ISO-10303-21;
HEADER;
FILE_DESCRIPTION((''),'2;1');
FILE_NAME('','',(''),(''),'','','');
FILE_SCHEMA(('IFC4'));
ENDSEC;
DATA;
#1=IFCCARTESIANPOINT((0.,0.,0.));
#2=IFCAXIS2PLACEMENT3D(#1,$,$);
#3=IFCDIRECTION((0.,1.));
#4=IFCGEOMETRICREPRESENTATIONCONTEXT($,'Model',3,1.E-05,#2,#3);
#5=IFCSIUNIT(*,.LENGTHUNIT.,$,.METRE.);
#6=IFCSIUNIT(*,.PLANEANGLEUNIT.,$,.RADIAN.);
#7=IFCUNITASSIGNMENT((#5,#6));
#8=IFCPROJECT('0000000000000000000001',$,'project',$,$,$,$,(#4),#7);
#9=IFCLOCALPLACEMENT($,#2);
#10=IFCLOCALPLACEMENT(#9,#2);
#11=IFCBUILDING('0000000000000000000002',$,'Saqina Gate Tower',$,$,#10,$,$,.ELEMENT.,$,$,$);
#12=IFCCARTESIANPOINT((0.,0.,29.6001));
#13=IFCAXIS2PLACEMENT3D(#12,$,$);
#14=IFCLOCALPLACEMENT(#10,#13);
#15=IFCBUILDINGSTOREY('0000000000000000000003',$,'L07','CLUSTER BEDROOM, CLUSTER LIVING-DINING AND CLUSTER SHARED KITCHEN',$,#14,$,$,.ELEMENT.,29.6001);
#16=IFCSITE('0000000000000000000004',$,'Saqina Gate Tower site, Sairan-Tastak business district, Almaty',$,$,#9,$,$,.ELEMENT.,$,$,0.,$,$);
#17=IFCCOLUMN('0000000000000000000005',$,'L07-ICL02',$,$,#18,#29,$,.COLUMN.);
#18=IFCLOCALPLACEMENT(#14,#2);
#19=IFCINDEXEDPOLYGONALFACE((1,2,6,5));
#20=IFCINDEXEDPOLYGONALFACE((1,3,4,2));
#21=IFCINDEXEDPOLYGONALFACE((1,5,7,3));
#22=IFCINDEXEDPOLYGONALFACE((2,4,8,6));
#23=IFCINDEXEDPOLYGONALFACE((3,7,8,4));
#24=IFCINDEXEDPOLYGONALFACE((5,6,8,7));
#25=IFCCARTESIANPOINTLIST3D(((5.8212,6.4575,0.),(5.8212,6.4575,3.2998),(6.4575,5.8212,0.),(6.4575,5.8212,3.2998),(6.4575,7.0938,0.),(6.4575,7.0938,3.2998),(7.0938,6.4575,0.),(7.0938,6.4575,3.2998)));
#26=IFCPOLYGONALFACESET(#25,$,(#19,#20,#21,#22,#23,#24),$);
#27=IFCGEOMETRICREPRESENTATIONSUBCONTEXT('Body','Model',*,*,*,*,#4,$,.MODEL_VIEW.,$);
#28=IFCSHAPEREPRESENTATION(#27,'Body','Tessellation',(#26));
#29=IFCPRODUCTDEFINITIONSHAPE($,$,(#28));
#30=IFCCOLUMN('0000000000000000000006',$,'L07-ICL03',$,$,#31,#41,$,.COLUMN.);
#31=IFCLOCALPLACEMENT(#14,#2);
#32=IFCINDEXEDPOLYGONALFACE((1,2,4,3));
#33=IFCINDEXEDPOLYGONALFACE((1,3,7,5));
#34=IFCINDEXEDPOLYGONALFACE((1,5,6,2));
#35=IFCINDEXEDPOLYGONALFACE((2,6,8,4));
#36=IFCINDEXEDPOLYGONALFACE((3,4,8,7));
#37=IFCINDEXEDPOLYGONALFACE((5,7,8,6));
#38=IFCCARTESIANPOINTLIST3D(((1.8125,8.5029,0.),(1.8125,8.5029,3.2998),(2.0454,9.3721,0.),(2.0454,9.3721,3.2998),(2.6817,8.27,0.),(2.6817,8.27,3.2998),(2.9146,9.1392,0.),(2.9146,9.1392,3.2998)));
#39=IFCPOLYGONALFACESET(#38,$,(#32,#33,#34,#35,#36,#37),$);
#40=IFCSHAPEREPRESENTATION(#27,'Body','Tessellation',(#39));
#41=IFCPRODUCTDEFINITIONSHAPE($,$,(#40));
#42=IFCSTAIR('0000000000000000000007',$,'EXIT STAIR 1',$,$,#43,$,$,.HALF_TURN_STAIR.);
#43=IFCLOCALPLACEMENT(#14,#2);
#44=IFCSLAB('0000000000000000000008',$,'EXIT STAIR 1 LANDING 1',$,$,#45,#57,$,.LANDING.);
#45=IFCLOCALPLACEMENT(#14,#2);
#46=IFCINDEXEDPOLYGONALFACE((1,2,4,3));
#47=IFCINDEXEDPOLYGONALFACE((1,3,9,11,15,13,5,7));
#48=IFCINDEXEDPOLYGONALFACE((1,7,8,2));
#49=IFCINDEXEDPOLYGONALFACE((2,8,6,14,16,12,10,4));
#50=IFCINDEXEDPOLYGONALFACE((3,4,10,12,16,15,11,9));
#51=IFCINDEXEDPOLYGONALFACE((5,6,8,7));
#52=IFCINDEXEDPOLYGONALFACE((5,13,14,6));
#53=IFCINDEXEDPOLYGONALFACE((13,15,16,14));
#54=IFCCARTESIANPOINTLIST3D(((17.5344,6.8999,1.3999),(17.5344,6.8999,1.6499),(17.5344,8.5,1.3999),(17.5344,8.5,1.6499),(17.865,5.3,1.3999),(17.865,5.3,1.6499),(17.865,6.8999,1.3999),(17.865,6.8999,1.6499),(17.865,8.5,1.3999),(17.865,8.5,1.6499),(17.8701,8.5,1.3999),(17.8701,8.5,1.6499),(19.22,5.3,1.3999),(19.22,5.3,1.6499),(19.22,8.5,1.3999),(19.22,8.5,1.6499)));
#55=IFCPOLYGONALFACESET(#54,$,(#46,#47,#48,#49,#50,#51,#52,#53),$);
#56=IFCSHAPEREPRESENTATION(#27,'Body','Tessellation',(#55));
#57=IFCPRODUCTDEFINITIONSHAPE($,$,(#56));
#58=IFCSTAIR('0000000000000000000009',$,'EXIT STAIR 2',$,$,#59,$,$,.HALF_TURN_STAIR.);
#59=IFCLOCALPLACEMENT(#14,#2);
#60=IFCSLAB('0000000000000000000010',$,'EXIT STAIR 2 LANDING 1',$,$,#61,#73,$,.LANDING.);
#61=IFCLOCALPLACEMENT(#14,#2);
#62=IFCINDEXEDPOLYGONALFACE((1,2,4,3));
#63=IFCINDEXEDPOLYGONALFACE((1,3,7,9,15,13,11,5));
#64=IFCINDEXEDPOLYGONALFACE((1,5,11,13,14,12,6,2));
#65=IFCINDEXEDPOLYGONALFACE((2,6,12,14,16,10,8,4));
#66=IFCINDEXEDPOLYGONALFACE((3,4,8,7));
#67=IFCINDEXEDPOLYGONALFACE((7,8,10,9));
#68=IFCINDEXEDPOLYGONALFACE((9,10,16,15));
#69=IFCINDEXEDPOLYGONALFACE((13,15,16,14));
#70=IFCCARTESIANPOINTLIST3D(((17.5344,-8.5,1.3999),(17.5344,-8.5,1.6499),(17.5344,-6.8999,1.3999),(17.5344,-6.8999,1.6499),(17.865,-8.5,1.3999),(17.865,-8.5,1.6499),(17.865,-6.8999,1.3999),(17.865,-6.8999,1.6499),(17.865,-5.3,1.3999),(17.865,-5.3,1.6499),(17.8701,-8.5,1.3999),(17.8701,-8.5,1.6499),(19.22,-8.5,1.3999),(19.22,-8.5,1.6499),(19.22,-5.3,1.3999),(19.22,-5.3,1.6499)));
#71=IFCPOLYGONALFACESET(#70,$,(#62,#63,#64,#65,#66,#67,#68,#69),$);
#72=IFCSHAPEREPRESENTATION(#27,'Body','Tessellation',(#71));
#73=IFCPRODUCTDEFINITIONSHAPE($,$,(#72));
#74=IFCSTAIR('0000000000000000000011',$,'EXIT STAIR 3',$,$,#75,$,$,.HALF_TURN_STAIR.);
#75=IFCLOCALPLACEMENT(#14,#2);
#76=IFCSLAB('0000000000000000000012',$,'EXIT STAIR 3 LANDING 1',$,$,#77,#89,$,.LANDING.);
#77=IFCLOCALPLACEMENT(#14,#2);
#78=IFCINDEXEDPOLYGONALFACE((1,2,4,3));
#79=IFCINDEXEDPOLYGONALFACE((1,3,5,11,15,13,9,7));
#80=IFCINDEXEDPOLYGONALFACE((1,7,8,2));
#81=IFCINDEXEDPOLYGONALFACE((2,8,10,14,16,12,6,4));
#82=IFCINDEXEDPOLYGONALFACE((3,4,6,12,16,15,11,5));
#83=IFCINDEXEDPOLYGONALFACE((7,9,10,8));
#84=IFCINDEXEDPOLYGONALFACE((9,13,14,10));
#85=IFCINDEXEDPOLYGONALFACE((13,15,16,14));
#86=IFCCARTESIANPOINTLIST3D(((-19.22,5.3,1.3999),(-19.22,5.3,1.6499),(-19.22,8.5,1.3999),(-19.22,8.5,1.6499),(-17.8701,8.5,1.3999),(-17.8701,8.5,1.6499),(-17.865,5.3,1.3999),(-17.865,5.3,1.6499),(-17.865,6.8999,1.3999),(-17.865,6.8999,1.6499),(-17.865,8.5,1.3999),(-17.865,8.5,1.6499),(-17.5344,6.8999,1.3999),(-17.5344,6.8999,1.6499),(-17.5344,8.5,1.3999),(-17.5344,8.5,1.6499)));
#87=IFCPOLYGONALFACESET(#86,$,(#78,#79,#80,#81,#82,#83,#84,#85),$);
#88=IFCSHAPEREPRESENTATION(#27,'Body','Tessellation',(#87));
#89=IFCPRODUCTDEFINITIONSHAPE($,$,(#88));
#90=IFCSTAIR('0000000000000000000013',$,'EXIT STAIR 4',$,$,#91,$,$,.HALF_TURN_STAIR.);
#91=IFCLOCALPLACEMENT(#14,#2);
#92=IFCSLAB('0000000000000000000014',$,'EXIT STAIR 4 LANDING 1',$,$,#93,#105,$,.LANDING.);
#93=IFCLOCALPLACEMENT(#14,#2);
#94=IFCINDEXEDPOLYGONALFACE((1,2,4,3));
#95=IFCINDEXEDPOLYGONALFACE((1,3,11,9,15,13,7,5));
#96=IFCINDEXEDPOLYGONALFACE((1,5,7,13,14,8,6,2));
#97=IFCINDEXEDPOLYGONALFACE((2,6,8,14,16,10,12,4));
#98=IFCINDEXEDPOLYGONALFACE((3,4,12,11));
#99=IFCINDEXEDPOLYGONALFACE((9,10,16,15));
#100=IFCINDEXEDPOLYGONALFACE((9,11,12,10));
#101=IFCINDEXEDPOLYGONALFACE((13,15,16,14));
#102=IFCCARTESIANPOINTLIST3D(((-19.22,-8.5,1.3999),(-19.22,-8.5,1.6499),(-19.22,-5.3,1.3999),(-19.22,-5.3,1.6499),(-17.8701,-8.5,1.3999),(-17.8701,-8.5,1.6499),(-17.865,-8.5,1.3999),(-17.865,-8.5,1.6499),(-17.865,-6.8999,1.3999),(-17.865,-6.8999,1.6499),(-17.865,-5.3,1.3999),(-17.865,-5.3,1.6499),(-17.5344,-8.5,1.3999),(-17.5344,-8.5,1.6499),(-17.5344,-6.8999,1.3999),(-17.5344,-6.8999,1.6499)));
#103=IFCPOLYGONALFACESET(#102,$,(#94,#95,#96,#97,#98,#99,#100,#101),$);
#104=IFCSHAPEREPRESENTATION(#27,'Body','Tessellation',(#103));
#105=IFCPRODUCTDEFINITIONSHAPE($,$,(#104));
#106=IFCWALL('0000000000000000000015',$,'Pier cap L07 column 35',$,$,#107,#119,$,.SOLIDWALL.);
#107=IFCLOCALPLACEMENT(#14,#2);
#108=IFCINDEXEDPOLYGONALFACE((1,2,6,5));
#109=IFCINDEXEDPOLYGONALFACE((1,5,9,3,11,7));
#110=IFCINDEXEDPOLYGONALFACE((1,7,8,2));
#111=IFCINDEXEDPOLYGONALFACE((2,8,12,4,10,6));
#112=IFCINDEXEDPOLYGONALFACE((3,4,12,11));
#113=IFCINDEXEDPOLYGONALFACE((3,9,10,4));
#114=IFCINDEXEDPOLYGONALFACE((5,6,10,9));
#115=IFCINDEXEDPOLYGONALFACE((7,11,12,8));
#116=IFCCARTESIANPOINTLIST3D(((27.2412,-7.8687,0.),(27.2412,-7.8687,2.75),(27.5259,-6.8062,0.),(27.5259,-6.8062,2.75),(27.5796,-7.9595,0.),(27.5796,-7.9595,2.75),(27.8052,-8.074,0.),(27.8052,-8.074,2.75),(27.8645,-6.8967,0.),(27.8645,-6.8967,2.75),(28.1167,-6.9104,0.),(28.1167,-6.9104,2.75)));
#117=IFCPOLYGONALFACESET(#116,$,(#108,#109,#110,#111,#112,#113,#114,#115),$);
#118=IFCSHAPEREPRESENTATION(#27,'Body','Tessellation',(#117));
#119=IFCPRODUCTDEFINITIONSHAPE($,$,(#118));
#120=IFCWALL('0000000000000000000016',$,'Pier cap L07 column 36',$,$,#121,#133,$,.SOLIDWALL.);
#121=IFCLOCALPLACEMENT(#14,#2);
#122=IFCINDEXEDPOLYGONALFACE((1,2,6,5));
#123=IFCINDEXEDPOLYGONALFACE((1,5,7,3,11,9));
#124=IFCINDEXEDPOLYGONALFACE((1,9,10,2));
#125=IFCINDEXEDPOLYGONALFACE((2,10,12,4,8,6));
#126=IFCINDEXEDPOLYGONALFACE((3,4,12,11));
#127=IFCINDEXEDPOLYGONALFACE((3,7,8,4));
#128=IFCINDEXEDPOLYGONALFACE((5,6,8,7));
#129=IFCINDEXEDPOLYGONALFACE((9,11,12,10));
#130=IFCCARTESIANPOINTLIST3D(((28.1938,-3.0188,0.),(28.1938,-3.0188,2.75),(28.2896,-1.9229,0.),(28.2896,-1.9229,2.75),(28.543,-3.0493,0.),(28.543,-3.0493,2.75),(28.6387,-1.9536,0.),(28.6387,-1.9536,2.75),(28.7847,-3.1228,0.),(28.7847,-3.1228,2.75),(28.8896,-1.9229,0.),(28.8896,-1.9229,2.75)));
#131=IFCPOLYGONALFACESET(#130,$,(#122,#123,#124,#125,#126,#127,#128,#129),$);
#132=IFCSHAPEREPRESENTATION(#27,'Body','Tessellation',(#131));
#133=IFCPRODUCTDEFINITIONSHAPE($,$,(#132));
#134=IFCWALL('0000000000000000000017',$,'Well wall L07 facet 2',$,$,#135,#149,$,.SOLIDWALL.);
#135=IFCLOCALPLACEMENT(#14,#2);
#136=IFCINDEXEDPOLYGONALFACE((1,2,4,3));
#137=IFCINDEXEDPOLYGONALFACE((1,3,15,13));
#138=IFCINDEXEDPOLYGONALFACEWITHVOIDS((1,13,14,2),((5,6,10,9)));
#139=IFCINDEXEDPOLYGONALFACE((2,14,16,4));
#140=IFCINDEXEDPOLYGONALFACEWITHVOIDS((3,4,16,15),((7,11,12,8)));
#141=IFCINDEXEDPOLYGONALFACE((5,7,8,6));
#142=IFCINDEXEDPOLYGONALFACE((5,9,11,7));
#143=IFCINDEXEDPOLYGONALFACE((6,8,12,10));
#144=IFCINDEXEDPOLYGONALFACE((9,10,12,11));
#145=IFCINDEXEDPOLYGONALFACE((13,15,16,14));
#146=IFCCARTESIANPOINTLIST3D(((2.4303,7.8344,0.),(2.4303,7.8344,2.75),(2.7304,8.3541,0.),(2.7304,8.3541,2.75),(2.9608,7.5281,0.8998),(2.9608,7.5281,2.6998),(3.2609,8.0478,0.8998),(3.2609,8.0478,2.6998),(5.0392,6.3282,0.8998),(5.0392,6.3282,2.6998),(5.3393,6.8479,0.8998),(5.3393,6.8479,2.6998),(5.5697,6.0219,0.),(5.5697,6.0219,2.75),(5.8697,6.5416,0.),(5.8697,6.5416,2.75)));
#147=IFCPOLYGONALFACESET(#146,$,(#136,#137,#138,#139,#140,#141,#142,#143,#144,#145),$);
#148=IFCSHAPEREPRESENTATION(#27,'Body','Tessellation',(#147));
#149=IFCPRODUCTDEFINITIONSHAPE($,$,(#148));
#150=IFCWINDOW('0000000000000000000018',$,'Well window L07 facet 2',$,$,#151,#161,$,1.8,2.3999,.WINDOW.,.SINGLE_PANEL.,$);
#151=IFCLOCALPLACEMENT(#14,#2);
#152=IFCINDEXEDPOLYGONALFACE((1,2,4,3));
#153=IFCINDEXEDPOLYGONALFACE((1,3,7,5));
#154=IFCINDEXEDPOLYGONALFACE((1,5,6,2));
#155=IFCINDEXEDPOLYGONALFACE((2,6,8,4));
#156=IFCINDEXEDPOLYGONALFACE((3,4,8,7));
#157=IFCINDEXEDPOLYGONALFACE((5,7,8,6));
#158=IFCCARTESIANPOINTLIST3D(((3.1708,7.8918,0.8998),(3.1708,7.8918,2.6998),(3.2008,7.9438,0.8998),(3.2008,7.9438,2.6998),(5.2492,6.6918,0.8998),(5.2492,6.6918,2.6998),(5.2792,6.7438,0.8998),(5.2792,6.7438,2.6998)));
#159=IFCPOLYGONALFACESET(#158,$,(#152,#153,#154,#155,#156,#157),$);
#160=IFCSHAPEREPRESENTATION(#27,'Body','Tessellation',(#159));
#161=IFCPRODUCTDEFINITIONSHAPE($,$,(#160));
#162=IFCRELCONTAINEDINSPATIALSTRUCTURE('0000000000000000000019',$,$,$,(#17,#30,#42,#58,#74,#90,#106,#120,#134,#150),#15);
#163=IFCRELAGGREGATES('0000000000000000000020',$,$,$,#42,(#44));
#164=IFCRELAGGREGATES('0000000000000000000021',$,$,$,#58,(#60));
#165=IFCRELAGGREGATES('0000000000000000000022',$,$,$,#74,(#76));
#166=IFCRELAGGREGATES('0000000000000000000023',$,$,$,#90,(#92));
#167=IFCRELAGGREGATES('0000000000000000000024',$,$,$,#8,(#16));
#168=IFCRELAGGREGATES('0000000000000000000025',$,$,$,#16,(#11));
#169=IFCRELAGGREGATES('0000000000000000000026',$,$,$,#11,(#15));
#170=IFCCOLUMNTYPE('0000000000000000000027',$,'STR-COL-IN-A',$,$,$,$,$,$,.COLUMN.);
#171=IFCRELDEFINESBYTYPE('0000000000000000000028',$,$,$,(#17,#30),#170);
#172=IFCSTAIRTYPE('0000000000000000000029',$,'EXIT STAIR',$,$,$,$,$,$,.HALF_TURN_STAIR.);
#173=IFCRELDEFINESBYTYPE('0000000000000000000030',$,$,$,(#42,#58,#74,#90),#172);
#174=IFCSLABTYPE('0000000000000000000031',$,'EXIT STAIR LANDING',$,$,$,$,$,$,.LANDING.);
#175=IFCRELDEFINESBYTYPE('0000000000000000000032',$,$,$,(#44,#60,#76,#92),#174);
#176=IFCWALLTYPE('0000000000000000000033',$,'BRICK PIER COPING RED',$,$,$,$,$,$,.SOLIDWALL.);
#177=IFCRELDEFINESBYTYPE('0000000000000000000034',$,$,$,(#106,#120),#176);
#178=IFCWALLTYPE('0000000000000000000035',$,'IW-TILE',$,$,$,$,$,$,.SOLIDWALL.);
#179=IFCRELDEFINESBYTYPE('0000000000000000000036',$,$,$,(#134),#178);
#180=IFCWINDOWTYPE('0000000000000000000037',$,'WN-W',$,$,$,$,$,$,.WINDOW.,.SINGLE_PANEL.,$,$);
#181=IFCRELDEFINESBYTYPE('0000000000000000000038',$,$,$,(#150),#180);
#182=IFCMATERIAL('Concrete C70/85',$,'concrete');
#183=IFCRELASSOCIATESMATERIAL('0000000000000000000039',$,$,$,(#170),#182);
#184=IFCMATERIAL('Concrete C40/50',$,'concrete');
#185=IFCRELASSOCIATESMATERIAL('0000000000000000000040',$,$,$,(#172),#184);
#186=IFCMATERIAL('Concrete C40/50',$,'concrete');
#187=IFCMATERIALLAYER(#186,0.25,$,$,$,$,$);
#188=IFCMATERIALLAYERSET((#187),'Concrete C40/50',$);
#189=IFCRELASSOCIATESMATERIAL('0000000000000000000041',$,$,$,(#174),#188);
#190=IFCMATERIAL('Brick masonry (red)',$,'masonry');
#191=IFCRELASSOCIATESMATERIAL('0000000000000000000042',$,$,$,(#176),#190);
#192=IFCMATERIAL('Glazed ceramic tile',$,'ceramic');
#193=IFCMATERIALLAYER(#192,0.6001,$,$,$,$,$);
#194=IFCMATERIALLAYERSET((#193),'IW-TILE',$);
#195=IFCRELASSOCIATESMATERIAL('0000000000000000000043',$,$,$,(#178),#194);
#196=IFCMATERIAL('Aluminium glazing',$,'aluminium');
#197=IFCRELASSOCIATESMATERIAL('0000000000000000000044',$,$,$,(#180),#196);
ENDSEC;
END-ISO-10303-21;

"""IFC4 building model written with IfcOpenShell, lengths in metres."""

from ifc_helpers import new_model, si_unit, direction, frame, frame_2d, origin, origin_2d, place, context, subcontext, project, spatial, polyline, rectangle, outline, extrude, material, layer, layer_set, material_profile, profile_set, type_object, element, fill, aggregate, save


model = new_model("IFC4")

# Units and contexts
model_context = context("Model", 3, precision=1e-05, world=origin(), true_north=direction((0.0, 1.0)))
body_context = subcontext(model_context, "Body", "Model", "MODEL_VIEW")
ifc_project = project(units=[si_unit("LENGTHUNIT", "METRE"), si_unit("PLANEANGLEUNIT", "RADIAN")], contexts=[model_context])

# Site, building, storey
site_placement = place(None, origin())
site = spatial("IfcSite", under=ifc_project, at=site_placement, Name="Saqina Gate Tower site, Sairan-Tastak business district, Almaty", CompositionType="ELEMENT", RefElevation=0.0)
building_placement = place(site_placement, origin())
building = spatial("IfcBuilding", under=site, at=building_placement, Name="Saqina Gate Tower", CompositionType="ELEMENT")
storey_placement = place(building_placement, frame((0.0, 0.0, 29.6001)))
storey = spatial("IfcBuildingStorey", under=building, at=storey_placement, Name="L07", Description="CLUSTER BEDROOM, CLUSTER LIVING-DINING AND CLUSTER SHARED KITCHEN", CompositionType="ELEMENT", Elevation=29.6001)

# Columns
ifc_material_1 = material(Name="Concrete C70/85", Category="concrete")
ifc_material_profile = material_profile(ifc_material_1, rectangle(XDim=0.8999, YDim=0.8999, at=origin_2d()), Name="RC 900x900")
ifc_profile_set = profile_set([ifc_material_profile], Name="Concrete C70/85")
column_type = type_object("IfcColumnType", Name="STR-COL-IN-A", PredefinedType="COLUMN", material=ifc_profile_set)
for number, where, z_axis, x_axis, name in (
    (1, (6.4575, 6.4575, 0.0), (0.0, 0.0, 1.0), (0.707107, 0.707107, 0.0), "L07-ICL02"),
    (2, (2.3635, 8.821, 0.0), (0.0, 0.0, 1.0), (0.258819, 0.965926, 0.0), "L07-ICL03"),
):
    element("IfcColumn", number, at=place(storey_placement, frame(where, z_axis=z_axis, x_axis=x_axis)), inside=storey, type_object=column_type, Name=name, PredefinedType="COLUMN", context=body_context, shape_type="SweptSolid", body=[
        extrude(rectangle(XDim=0.8999, YDim=0.8999, at=origin_2d()), origin(), (0.0, 0.0, 1.0), 3.2998),
    ])

# Stairs, slabs
ifc_material_2 = material(Name="Concrete C40/50", Category="concrete")
stair_type = type_object("IfcStairType", Name="EXIT STAIR", PredefinedType="HALF_TURN_STAIR", material=ifc_material_2)
stair_1_placement = place(storey_placement, origin())
stair_1 = element("IfcStair", 3, at=stair_1_placement, inside=storey, type_object=stair_type, Name="EXIT STAIR 1", PredefinedType="HALF_TURN_STAIR")
ifc_material_3 = material(Name="Concrete C40/50", Category="concrete")
ifc_layer_1 = layer(ifc_material_3, 0.25)
ifc_layer_set_1 = layer_set([ifc_layer_1], Name="Concrete C40/50")
slab_type = type_object("IfcSlabType", Name="EXIT STAIR LANDING", PredefinedType="LANDING", material=ifc_layer_set_1)
slab_1_placement = place(storey_placement, frame((0.0, 0.0, 1.3999)))
slab_1 = element("IfcSlab", 4, at=slab_1_placement, type_object=slab_type, Name="EXIT STAIR 1 LANDING 1", PredefinedType="LANDING", context=body_context, shape_type="SweptSolid", body=[
    extrude(outline(polyline([(19.22, 8.5), (19.22, 5.3), (17.865, 5.3), (17.865, 6.8999), (17.5344, 6.8999), (17.5344, 8.5), (17.865, 8.5), (17.8701, 8.5), (19.22, 8.5)])), origin(), (0.0, 0.0, 1.0), 0.25),
])
aggregate(stair_1, [slab_1])
stair_2_placement = place(storey_placement, origin())
stair_2 = element("IfcStair", 5, at=stair_2_placement, inside=storey, type_object=stair_type, Name="EXIT STAIR 2", PredefinedType="HALF_TURN_STAIR")
slab_2_placement = place(storey_placement, frame((0.0, 0.0, 1.3999)))
slab_2 = element("IfcSlab", 6, at=slab_2_placement, type_object=slab_type, Name="EXIT STAIR 2 LANDING 1", PredefinedType="LANDING", context=body_context, shape_type="SweptSolid", body=[
    extrude(outline(polyline([(17.5344, -8.5), (17.5344, -6.8999), (17.865, -6.8999), (17.865, -5.3), (19.22, -5.3), (19.22, -8.5), (17.8701, -8.5), (17.865, -8.5), (17.5344, -8.5)])), origin(), (0.0, 0.0, 1.0), 0.25),
])
aggregate(stair_2, [slab_2])
stair_3_placement = place(storey_placement, origin())
stair_3 = element("IfcStair", 7, at=stair_3_placement, inside=storey, type_object=stair_type, Name="EXIT STAIR 3", PredefinedType="HALF_TURN_STAIR")
slab_3_placement = place(storey_placement, frame((0.0, 0.0, 1.3999)))
slab_3 = element("IfcSlab", 8, at=slab_3_placement, type_object=slab_type, Name="EXIT STAIR 3 LANDING 1", PredefinedType="LANDING", context=body_context, shape_type="SweptSolid", body=[
    extrude(outline(polyline([(-17.865, 5.3), (-19.22, 5.3), (-19.22, 8.5), (-17.8701, 8.5), (-17.865, 8.5), (-17.5344, 8.5), (-17.5344, 6.8999), (-17.865, 6.8999), (-17.865, 5.3)])), origin(), (0.0, 0.0, 1.0), 0.25),
])
aggregate(stair_3, [slab_3])
stair_4_placement = place(storey_placement, origin())
stair_4 = element("IfcStair", 9, at=stair_4_placement, inside=storey, type_object=stair_type, Name="EXIT STAIR 4", PredefinedType="HALF_TURN_STAIR")
slab_4_placement = place(storey_placement, frame((0.0, 0.0, 1.3999)))
slab_4 = element("IfcSlab", 10, at=slab_4_placement, type_object=slab_type, Name="EXIT STAIR 4 LANDING 1", PredefinedType="LANDING", context=body_context, shape_type="SweptSolid", body=[
    extrude(outline(polyline([(-17.5344, -6.8999), (-17.5344, -8.5), (-17.865, -8.5), (-17.8701, -8.5), (-19.22, -8.5), (-19.22, -5.3), (-17.865, -5.3), (-17.865, -6.8999), (-17.5344, -6.8999)])), origin(), (0.0, 0.0, 1.0), 0.25),
])
aggregate(stair_4, [slab_4])

# Walls
ifc_material_4 = material(Name="Brick masonry (red)", Category="masonry")
wall_type_1 = type_object("IfcWallType", Name="BRICK PIER COPING RED", PredefinedType="SOLIDWALL", material=ifc_material_4)
wall_1_placement = place(storey_placement, origin())
element("IfcWall", 11, at=wall_1_placement, inside=storey, type_object=wall_type_1, Name="Pier cap L07 column 35", PredefinedType="SOLIDWALL", context=body_context, shape_type="SweptSolid", body=[
    extrude(outline(polyline([(28.1167, -6.9104), (27.5259, -6.8062), (27.8645, -6.8967), (27.5796, -7.9595), (27.2412, -7.8687), (27.8052, -8.074), (28.1167, -6.9104)])), origin(), (0.0, 0.0, 1.0), 2.75),
])
wall_2_placement = place(storey_placement, origin())
element("IfcWall", 12, at=wall_2_placement, inside=storey, type_object=wall_type_1, Name="Pier cap L07 column 36", PredefinedType="SOLIDWALL", context=body_context, shape_type="SweptSolid", body=[
    extrude(outline(polyline([(28.7847, -3.1228), (28.8896, -1.9229), (28.2896, -1.9229), (28.6387, -1.9536), (28.543, -3.0493), (28.1938, -3.0188), (28.7847, -3.1228)])), origin(), (0.0, 0.0, 1.0), 2.75),
])

# Wall, opening, window
ifc_material_5 = material(Name="Glazed ceramic tile", Category="ceramic")
ifc_layer_2 = layer(ifc_material_5, 0.6001)
ifc_layer_set_2 = layer_set([ifc_layer_2], Name="IW-TILE")
wall_type_2 = type_object("IfcWallType", Name="IW-TILE", PredefinedType="SOLIDWALL", material=ifc_layer_set_2)
wall_3_placement = place(storey_placement, frame((5.7197, 6.2817, 0.0), z_axis=(0.0, 0.0, 1.0), x_axis=(-0.86603, 0.499993, 0.0)))
wall_3 = element("IfcWall", 13, at=wall_3_placement, inside=storey, type_object=wall_type_2, Name="Well wall L07 facet 2", PredefinedType="SOLIDWALL", context=body_context, shape_type="SweptSolid", body=[
    extrude(rectangle(XDim=3.625, YDim=0.6001, at=frame_2d((1.8125, 0.0))), origin(), (0.0, 0.0, 1.0), 2.75),
])
opening_1_placement = place(wall_3_placement, frame((0.6125, 0.0, 0.8999)))
opening_1 = element("IfcOpeningElement", 14, at=opening_1_placement, cuts=wall_3, PredefinedType="OPENING", context=body_context, shape_type="SweptSolid", body=[
    extrude(rectangle(XDim=2.3999, YDim=1.8, at=frame_2d((1.2, 0.8999))), frame((0.0, 0.312, 0.0), z_axis=(0.0, -1.0, 0.0), x_axis=(1.0, 0.0, 0.0)), (0.0, 0.0, 1.0), 0.624),
])
ifc_material_6 = material(Name="Aluminium glazing", Category="aluminium")
window_type = type_object("IfcWindowType", Name="WN-W", PartitioningType="SINGLE_PANEL", PredefinedType="WINDOW", material=ifc_material_6)
window_1_placement = place(opening_1_placement, origin())
window_1 = element("IfcWindow", 15, at=window_1_placement, inside=storey, type_object=window_type, Name="Well window L07 facet 2", OverallHeight=1.8, OverallWidth=2.3999, PartitioningType="SINGLE_PANEL", PredefinedType="WINDOW", context=body_context, shape_type="SweptSolid", body=[
    extrude(rectangle(XDim=2.3999, YDim=1.8, at=frame_2d((1.2, 0.8999))), frame((0.0, -0.1199, 0.0), z_axis=(0.0, -1.0, 0.0), x_axis=(1.0, 0.0, 0.0)), (0.0, 0.0, 1.0), 0.0601),
])
fill(opening_1, window_1)

save(model, "model.ifc")
